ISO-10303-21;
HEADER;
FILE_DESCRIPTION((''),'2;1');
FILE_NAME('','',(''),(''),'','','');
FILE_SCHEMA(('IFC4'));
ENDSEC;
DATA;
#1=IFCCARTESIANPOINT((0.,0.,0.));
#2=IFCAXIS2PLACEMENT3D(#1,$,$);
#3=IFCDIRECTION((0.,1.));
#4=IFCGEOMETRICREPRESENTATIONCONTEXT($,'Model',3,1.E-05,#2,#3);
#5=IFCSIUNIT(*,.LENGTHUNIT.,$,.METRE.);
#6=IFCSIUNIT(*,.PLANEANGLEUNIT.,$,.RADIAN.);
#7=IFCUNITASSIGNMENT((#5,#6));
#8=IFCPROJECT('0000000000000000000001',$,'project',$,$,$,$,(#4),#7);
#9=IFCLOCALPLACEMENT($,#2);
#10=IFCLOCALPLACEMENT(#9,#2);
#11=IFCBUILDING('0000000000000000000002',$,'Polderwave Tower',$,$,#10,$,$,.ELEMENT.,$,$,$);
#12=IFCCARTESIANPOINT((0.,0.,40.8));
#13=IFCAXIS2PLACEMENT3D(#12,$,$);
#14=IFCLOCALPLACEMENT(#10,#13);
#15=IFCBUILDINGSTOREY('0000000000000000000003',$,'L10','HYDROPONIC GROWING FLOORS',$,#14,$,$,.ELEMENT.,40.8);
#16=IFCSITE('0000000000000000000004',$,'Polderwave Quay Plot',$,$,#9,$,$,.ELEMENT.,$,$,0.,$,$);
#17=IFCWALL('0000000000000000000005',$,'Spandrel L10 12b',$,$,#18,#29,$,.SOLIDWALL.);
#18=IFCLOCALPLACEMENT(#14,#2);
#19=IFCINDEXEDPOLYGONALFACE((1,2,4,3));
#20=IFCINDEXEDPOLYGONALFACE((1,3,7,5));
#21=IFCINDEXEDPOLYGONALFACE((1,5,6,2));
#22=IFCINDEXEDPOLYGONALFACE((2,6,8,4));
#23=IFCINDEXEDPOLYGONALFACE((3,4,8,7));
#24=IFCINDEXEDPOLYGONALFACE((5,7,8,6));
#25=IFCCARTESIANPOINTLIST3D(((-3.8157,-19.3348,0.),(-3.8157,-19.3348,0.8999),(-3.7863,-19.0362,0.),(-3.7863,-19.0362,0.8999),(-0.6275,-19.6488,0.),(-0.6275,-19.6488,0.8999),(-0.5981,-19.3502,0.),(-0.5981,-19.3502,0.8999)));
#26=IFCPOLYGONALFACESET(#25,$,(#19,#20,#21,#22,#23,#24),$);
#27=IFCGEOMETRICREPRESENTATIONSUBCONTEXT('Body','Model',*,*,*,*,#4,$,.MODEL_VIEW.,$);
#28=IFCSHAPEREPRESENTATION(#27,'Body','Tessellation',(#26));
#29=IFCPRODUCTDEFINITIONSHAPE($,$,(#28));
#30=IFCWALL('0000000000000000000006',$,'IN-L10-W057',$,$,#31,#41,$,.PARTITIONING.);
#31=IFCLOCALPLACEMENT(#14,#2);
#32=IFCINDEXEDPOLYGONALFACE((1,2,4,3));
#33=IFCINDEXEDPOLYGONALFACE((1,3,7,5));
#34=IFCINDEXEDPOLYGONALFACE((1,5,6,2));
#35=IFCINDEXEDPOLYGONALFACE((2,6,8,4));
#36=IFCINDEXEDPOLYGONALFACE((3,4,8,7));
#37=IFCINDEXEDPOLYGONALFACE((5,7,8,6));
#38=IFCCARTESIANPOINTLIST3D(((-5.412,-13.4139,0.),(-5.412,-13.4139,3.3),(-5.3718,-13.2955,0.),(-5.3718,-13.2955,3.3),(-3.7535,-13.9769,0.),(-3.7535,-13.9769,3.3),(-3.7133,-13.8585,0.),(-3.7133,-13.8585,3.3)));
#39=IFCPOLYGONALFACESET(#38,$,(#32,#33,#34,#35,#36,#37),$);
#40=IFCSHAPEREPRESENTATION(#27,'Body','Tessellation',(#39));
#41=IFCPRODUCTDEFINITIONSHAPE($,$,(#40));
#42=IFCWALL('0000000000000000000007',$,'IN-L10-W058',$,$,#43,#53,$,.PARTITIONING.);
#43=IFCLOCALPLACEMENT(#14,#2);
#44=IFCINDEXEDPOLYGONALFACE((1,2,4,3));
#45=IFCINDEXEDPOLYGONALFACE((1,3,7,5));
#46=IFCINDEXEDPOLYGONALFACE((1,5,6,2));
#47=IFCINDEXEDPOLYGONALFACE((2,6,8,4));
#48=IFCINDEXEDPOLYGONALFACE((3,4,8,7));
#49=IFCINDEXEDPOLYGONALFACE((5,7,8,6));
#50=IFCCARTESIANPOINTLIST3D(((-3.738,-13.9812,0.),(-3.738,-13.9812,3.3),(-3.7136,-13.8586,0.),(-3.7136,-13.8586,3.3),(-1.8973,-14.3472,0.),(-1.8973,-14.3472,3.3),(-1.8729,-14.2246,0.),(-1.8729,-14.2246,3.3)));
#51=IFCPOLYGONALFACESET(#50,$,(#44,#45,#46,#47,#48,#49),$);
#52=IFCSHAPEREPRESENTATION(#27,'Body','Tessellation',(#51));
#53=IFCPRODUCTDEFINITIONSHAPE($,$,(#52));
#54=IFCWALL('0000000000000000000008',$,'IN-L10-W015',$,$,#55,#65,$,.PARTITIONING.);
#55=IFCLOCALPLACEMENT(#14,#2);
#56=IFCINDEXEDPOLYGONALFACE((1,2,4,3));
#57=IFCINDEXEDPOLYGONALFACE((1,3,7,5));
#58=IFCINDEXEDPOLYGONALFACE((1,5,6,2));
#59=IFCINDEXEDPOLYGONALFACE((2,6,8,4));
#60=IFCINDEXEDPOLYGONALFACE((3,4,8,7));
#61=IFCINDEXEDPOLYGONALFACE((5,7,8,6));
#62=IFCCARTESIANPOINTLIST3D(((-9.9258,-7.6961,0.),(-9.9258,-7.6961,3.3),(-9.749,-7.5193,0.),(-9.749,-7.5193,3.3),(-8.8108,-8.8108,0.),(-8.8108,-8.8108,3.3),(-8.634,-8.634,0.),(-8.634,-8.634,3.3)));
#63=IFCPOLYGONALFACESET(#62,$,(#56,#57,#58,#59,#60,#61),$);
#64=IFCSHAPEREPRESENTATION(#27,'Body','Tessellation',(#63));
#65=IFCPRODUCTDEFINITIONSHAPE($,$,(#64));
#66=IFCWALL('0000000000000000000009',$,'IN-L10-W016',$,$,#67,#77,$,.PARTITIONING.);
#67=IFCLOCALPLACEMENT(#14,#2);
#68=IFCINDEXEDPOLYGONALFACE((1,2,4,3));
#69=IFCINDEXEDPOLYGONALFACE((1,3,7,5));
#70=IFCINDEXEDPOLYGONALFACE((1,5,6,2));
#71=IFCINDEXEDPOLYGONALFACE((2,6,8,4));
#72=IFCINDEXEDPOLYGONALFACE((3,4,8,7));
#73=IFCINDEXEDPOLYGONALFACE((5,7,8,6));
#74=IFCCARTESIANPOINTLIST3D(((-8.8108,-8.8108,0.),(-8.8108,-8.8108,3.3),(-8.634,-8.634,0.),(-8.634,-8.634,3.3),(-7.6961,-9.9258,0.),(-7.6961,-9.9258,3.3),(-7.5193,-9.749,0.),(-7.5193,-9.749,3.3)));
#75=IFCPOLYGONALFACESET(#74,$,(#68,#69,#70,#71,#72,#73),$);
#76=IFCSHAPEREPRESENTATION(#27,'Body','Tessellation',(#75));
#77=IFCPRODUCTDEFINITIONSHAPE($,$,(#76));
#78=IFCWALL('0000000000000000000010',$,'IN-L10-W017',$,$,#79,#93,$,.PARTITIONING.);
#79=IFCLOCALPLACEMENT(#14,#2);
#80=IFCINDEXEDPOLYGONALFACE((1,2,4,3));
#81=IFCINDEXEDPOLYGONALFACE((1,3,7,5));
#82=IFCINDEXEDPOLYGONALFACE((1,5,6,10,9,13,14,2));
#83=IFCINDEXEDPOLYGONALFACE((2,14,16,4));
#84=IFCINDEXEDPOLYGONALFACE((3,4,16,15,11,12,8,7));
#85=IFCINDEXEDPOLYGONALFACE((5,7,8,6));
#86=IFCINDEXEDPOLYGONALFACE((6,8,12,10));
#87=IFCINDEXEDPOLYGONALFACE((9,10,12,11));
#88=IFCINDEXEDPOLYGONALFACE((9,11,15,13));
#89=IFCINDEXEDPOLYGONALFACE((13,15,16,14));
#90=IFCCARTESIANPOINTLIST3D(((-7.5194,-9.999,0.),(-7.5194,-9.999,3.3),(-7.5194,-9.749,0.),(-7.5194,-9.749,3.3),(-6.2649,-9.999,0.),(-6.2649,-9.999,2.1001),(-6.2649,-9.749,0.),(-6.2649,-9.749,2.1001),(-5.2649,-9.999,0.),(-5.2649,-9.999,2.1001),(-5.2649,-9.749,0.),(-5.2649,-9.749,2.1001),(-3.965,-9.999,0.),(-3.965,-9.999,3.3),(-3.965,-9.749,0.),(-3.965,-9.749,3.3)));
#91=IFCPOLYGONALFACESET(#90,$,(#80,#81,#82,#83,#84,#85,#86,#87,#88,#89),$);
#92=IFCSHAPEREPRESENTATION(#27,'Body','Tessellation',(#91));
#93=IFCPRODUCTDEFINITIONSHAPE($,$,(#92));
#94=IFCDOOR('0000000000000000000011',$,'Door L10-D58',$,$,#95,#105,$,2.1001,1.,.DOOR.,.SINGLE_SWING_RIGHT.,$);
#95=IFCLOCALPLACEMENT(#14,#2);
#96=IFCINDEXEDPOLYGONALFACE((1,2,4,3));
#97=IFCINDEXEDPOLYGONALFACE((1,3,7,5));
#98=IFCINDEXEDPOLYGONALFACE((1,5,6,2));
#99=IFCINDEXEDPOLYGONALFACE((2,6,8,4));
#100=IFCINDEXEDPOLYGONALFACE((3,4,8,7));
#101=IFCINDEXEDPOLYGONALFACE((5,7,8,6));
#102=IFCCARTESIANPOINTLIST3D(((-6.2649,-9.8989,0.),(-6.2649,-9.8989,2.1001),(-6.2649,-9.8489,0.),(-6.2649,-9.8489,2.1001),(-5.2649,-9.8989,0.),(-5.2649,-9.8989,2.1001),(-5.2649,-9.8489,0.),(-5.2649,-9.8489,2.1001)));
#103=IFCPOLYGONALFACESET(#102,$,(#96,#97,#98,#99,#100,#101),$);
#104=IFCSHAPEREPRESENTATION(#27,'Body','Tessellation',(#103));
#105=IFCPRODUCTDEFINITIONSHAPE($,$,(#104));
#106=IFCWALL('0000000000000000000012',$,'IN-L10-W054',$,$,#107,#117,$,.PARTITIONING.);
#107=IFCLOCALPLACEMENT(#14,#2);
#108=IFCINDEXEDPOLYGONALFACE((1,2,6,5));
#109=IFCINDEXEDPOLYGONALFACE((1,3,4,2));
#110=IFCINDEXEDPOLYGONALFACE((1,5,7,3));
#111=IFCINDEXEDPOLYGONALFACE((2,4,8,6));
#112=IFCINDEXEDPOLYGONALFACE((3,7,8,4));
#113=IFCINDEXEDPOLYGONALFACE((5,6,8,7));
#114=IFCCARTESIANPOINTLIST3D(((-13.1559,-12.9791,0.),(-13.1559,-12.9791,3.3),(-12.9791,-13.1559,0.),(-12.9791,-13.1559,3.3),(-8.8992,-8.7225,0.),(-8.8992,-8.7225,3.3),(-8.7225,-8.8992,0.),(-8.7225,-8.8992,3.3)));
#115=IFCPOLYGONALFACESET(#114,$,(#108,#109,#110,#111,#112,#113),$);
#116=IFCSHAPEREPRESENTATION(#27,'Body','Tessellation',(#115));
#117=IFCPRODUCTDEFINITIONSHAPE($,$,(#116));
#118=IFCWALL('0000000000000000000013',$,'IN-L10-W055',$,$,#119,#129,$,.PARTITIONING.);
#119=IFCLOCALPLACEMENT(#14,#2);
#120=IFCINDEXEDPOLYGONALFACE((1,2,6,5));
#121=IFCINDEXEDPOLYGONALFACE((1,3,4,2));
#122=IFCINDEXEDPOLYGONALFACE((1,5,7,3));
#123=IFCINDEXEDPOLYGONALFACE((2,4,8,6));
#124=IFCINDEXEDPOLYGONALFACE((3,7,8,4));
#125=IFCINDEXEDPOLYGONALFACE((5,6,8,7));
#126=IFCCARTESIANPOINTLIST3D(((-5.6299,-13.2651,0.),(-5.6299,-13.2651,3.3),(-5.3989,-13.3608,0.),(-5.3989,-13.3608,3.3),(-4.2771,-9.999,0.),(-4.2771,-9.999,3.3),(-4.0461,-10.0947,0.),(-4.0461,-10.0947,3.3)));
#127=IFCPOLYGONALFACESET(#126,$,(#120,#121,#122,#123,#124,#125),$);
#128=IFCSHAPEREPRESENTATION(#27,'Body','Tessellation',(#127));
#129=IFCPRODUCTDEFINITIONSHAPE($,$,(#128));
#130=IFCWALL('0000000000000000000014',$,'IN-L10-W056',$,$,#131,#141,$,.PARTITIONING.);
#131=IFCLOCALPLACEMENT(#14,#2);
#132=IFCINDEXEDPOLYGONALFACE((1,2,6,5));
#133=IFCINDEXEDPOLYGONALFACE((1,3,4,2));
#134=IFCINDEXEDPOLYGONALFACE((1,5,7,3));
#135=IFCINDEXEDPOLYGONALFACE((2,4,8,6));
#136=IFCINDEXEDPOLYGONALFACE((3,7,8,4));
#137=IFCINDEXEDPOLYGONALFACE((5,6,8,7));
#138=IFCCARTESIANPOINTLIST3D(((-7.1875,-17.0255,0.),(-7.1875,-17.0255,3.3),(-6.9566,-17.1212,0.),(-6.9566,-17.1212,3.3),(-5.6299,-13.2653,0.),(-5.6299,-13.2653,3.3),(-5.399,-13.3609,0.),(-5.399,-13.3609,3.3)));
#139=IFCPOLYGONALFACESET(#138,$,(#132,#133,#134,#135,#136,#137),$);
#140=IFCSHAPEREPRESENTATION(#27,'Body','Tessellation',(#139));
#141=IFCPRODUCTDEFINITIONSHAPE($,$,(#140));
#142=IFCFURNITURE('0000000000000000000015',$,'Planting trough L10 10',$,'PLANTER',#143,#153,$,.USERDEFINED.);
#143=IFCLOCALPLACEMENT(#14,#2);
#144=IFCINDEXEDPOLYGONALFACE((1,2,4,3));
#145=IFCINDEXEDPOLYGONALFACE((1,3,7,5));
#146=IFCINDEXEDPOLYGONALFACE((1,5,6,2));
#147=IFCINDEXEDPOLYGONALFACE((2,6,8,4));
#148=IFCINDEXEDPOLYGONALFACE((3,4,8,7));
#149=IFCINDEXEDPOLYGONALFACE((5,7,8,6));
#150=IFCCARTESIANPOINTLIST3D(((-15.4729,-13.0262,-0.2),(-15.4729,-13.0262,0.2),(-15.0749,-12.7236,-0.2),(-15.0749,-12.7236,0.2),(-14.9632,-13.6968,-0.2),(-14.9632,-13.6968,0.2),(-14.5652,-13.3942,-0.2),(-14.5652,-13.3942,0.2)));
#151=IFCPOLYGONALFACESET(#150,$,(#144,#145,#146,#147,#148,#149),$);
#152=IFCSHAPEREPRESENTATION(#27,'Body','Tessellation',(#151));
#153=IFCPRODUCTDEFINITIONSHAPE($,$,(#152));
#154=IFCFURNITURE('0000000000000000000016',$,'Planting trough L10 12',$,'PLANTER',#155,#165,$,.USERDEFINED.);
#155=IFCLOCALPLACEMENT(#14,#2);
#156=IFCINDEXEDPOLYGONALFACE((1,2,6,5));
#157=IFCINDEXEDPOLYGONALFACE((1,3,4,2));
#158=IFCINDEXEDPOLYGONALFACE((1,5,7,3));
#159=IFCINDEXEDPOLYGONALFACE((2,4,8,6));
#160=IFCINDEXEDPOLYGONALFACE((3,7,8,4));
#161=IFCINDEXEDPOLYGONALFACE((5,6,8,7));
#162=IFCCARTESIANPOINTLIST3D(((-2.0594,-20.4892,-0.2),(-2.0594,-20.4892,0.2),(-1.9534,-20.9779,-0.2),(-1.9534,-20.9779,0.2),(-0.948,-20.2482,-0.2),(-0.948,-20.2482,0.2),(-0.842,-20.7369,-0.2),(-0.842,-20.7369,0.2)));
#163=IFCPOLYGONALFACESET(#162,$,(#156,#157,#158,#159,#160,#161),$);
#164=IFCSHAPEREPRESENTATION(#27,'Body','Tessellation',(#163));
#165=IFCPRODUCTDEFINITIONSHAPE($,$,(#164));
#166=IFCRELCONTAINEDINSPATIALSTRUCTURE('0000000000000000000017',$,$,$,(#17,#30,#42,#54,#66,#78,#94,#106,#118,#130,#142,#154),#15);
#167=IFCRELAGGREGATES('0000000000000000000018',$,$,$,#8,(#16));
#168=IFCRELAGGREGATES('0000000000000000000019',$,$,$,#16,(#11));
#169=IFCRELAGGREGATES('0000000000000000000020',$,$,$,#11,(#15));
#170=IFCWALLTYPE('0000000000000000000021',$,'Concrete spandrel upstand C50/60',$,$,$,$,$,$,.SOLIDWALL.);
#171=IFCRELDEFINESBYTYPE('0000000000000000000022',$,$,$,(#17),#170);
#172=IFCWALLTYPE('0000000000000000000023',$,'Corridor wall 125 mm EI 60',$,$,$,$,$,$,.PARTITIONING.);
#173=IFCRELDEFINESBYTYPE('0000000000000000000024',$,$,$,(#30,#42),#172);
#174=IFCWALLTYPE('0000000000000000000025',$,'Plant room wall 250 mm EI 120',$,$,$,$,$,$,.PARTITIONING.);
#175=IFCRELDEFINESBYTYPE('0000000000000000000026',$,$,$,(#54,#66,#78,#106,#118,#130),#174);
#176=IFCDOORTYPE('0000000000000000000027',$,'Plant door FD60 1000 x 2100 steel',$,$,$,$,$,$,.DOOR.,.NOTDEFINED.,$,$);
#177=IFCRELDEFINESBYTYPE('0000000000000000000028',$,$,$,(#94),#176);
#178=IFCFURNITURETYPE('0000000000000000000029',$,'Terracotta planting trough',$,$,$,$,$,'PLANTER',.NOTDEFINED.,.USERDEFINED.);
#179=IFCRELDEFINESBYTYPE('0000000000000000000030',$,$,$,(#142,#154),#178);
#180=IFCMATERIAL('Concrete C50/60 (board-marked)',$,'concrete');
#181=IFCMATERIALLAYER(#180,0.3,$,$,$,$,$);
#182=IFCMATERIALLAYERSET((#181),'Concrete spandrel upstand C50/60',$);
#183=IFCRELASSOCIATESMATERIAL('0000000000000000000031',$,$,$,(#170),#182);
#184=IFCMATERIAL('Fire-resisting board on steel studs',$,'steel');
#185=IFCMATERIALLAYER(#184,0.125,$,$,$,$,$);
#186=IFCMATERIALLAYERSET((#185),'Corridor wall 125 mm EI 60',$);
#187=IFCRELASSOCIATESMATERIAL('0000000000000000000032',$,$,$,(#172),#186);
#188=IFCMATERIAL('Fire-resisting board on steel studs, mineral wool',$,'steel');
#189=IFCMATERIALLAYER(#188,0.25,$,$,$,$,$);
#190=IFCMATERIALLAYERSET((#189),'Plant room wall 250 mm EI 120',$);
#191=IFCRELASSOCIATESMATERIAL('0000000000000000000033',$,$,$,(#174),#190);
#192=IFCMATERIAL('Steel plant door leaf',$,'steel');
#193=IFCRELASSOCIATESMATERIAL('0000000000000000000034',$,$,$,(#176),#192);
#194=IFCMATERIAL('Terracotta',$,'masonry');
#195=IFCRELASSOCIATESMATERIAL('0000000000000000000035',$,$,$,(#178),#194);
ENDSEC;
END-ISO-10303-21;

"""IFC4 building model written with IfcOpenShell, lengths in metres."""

from ifc_helpers import new_model, si_unit, direction, frame, frame_2d, origin, origin_2d, place, context, subcontext, project, spatial, rectangle, extrude, material, layer, layer_set, type_object, element, fill, save


model = new_model("IFC4")

# Units and contexts
model_context = context("Model", 3, precision=1e-05, world=origin(), true_north=direction((0.0, 1.0)))
body_context = subcontext(model_context, "Body", "Model", "MODEL_VIEW")
ifc_project = project(units=[si_unit("LENGTHUNIT", "METRE"), si_unit("PLANEANGLEUNIT", "RADIAN")], contexts=[model_context])

# Site, building, storey
site_placement = place(None, origin())
site = spatial("IfcSite", under=ifc_project, at=site_placement, Name="Polderwave Quay Plot", CompositionType="ELEMENT", RefElevation=0.0)
building_placement = place(site_placement, origin())
building = spatial("IfcBuilding", under=site, at=building_placement, Name="Polderwave Tower", CompositionType="ELEMENT")
storey_placement = place(building_placement, frame((0.0, 0.0, 40.8)))
storey = spatial("IfcBuildingStorey", under=building, at=storey_placement, Name="L10", Description="HYDROPONIC GROWING FLOORS", CompositionType="ELEMENT", Elevation=40.8)

# Walls
ifc_material_1 = material(Name="Concrete C50/60 (board-marked)", Category="concrete")
ifc_layer_1 = layer(ifc_material_1, 0.3)
ifc_layer_set_1 = layer_set([ifc_layer_1], Name="Concrete spandrel upstand C50/60")
wall_type_1 = type_object("IfcWallType", Name="Concrete spandrel upstand C50/60", PredefinedType="SOLIDWALL", material=ifc_layer_set_1)
wall_1_placement = place(storey_placement, frame((-3.801, -19.1855, 0.0), z_axis=(0.0, 0.0, 1.0), x_axis=(0.995186, -0.098002, 0.0)))
element("IfcWall", 1, at=wall_1_placement, inside=storey, type_object=wall_type_1, Name="Spandrel L10 12b", PredefinedType="SOLIDWALL", context=body_context, shape_type="SweptSolid", body=[
    extrude(rectangle(XDim=3.2036, YDim=0.3, at=frame_2d((1.6018, 0.0))), origin(), (0.0, 0.0, 1.0), 0.8999),
])
ifc_material_2 = material(Name="Fire-resisting board on steel studs", Category="steel")
ifc_layer_2 = layer(ifc_material_2, 0.125)
ifc_layer_set_2 = layer_set([ifc_layer_2], Name="Corridor wall 125 mm EI 60")
wall_type_2 = type_object("IfcWallType", Name="Corridor wall 125 mm EI 60", PredefinedType="PARTITIONING", material=ifc_layer_set_2)
wall_2_placement = place(storey_placement, frame((-3.7334, -13.9177, 0.0), z_axis=(0.0, 0.0, 1.0), x_axis=(-0.946926, 0.32145, 0.0)))
element("IfcWall", 2, at=wall_2_placement, inside=storey, type_object=wall_type_2, Name="IN-L10-W057", PredefinedType="PARTITIONING", context=body_context, shape_type="SweptSolid", body=[
    extrude(rectangle(XDim=1.7515, YDim=0.125, at=frame_2d((0.8757, 0.0))), origin(), (0.0, 0.0, 1.0), 3.3),
])
wall_3_placement = place(storey_placement, frame((-1.885, -14.2859, 0.0), z_axis=(0.0, 0.0, 1.0), x_axis=(-0.9808, 0.195015, 0.0)))
element("IfcWall", 3, at=wall_3_placement, inside=storey, type_object=wall_type_2, Name="IN-L10-W058", PredefinedType="PARTITIONING", context=body_context, shape_type="SweptSolid", body=[
    extrude(rectangle(XDim=1.8767, YDim=0.125, at=frame_2d((0.9385, 0.0))), origin(), (0.0, 0.0, 1.0), 3.3),
])
ifc_material_3 = material(Name="Fire-resisting board on steel studs, mineral wool", Category="steel")
ifc_layer_3 = layer(ifc_material_3, 0.25)
ifc_layer_set_3 = layer_set([ifc_layer_3], Name="Plant room wall 250 mm EI 120")
wall_type_3 = type_object("IfcWallType", Name="Plant room wall 250 mm EI 120", PredefinedType="PARTITIONING", material=ifc_layer_set_3)
for number, where, z_axis, x_axis, name in (
    (4, (-8.7224, -8.7224, 0.0), (0.0, 0.0, 1.0), (-0.707184, 0.707029, 0.0), "IN-L10-W015"),
    (5, (-7.6077, -9.8374, 0.0), (0.0, 0.0, 1.0), (-0.707029, 0.707184, 0.0), "IN-L10-W016"),
):
    element("IfcWall", number, at=place(storey_placement, frame(where, z_axis=z_axis, x_axis=x_axis)), inside=storey, type_object=wall_type_3, Name=name, PredefinedType="PARTITIONING", context=body_context, shape_type="SweptSolid", body=[
        extrude(rectangle(XDim=1.5767, YDim=0.25, at=frame_2d((0.7883, 0.0))), origin(), (0.0, 0.0, 1.0), 3.3),
    ])

# Wall, opening, door
wall_4_placement = place(storey_placement, frame((-3.9648, -9.874, 0.0), z_axis=(0.0, 0.0, 1.0), x_axis=(-1.0, 0.0, 0.0)))
wall_4 = element("IfcWall", 6, at=wall_4_placement, inside=storey, type_object=wall_type_3, Name="IN-L10-W017", PredefinedType="PARTITIONING", context=body_context, shape_type="SweptSolid", body=[
    extrude(rectangle(XDim=3.5544, YDim=0.25, at=frame_2d((1.7773, 0.0))), origin(), (0.0, 0.0, 1.0), 3.3),
])
opening_placement = place(wall_4_placement, frame((1.3, 0.0, 0.0)))
opening = element("IfcOpeningElement", 7, at=opening_placement, cuts=wall_4, PredefinedType="OPENING", context=body_context, shape_type="SweptSolid", body=[
    extrude(rectangle(XDim=1.0, YDim=2.1001, at=frame_2d((0.5, 1.05))), frame((0.0, 0.135, 0.0), z_axis=(0.0, -1.0, 0.0), x_axis=(1.0, 0.0, 0.0)), (0.0, 0.0, 1.0), 0.27),
])
ifc_material_4 = material(Name="Steel plant door leaf", Category="steel")
door_type = type_object("IfcDoorType", Name="Plant door FD60 1000 x 2100 steel", OperationType="NOTDEFINED", PredefinedType="DOOR", material=ifc_material_4)
door_placement = place(opening_placement, origin())
door = element("IfcDoor", 8, at=door_placement, inside=storey, type_object=door_type, Name="Door L10-D58", OperationType="SINGLE_SWING_RIGHT", OverallHeight=2.1001, OverallWidth=1.0, PredefinedType="DOOR", context=body_context, shape_type="SweptSolid", body=[
    extrude(rectangle(XDim=1.0, YDim=2.1001, at=frame_2d((0.5, 1.05))), frame((0.0, 0.0249, 0.0), z_axis=(0.0, -1.0, 0.0), x_axis=(1.0, 0.0, 0.0)), (0.0, 0.0, 1.0), 0.05),
])
fill(opening, door)

# Walls
wall_5_placement = place(storey_placement, frame((-13.0674, -13.0674, 0.0), z_axis=(0.0, 0.0, 1.0), x_axis=(0.707107, 0.707107, 0.0)))
element("IfcWall", 9, at=wall_5_placement, inside=storey, type_object=wall_type_3, Name="IN-L10-W054", PredefinedType="PARTITIONING", context=body_context, shape_type="SweptSolid", body=[
    extrude(rectangle(XDim=6.0198, YDim=0.25, at=frame_2d((3.0098, 0.0))), origin(), (0.0, 0.0, 1.0), 3.3),
])
wall_6_placement = place(storey_placement, frame((-4.1616, -10.0469, 0.0), z_axis=(0.0, 0.0, 1.0), x_axis=(-0.382663, -0.923888, 0.0)))
element("IfcWall", 10, at=wall_6_placement, inside=storey, type_object=wall_type_3, Name="IN-L10-W055", PredefinedType="PARTITIONING", context=body_context, shape_type="SweptSolid", body=[
    extrude(rectangle(XDim=3.5352, YDim=0.25, at=frame_2d((1.7676, 0.0))), origin(), (0.0, 0.0, 1.0), 3.3),
])
wall_7_placement = place(storey_placement, frame((-5.5144, -13.313, 0.0), z_axis=(0.0, 0.0, 1.0), x_axis=(-0.382698, -0.923874, 0.0)))
element("IfcWall", 11, at=wall_7_placement, inside=storey, type_object=wall_type_3, Name="IN-L10-W056", PredefinedType="PARTITIONING", context=body_context, shape_type="SweptSolid", body=[
    extrude(rectangle(XDim=4.0701, YDim=0.25, at=frame_2d((2.0352, 0.0))), origin(), (0.0, 0.0, 1.0), 3.3),
])

# Furniture
ifc_material_5 = material(Name="Terracotta", Category="masonry")
furniture_type = type_object("IfcFurnitureType", Name="Terracotta planting trough", ElementType="PLANTER", AssemblyPlace="NOTDEFINED", PredefinedType="USERDEFINED", material=ifc_material_5)
furniture_1_placement = place(storey_placement, frame((-15.019, -13.2102, -0.2), z_axis=(0.0, 0.0, 1.0), x_axis=(0.605162, -0.796102, 0.0)))
element("IfcFurniture", 12, at=furniture_1_placement, inside=storey, type_object=furniture_type, Name="Planting trough L10 10", ObjectType="PLANTER", PredefinedType="USERDEFINED", context=body_context, shape_type="SweptSolid", body=[
    extrude(rectangle(XDim=0.8423, YDim=0.5, at=origin_2d()), origin(), (0.0, 0.0, 1.0), 0.3999),
])
furniture_2_placement = place(storey_placement, frame((-1.4507, -20.613, -0.2), z_axis=(0.0, 0.0, 1.0), x_axis=(0.977285, 0.211929, 0.0)))
element("IfcFurniture", 13, at=furniture_2_placement, inside=storey, type_object=furniture_type, Name="Planting trough L10 12", ObjectType="PLANTER", PredefinedType="USERDEFINED", context=body_context, shape_type="SweptSolid", body=[
    extrude(rectangle(XDim=1.1372, YDim=0.5, at=origin_2d()), origin(), (0.0, 0.0, 1.0), 0.3999),
])

save(model, "model.ifc")
